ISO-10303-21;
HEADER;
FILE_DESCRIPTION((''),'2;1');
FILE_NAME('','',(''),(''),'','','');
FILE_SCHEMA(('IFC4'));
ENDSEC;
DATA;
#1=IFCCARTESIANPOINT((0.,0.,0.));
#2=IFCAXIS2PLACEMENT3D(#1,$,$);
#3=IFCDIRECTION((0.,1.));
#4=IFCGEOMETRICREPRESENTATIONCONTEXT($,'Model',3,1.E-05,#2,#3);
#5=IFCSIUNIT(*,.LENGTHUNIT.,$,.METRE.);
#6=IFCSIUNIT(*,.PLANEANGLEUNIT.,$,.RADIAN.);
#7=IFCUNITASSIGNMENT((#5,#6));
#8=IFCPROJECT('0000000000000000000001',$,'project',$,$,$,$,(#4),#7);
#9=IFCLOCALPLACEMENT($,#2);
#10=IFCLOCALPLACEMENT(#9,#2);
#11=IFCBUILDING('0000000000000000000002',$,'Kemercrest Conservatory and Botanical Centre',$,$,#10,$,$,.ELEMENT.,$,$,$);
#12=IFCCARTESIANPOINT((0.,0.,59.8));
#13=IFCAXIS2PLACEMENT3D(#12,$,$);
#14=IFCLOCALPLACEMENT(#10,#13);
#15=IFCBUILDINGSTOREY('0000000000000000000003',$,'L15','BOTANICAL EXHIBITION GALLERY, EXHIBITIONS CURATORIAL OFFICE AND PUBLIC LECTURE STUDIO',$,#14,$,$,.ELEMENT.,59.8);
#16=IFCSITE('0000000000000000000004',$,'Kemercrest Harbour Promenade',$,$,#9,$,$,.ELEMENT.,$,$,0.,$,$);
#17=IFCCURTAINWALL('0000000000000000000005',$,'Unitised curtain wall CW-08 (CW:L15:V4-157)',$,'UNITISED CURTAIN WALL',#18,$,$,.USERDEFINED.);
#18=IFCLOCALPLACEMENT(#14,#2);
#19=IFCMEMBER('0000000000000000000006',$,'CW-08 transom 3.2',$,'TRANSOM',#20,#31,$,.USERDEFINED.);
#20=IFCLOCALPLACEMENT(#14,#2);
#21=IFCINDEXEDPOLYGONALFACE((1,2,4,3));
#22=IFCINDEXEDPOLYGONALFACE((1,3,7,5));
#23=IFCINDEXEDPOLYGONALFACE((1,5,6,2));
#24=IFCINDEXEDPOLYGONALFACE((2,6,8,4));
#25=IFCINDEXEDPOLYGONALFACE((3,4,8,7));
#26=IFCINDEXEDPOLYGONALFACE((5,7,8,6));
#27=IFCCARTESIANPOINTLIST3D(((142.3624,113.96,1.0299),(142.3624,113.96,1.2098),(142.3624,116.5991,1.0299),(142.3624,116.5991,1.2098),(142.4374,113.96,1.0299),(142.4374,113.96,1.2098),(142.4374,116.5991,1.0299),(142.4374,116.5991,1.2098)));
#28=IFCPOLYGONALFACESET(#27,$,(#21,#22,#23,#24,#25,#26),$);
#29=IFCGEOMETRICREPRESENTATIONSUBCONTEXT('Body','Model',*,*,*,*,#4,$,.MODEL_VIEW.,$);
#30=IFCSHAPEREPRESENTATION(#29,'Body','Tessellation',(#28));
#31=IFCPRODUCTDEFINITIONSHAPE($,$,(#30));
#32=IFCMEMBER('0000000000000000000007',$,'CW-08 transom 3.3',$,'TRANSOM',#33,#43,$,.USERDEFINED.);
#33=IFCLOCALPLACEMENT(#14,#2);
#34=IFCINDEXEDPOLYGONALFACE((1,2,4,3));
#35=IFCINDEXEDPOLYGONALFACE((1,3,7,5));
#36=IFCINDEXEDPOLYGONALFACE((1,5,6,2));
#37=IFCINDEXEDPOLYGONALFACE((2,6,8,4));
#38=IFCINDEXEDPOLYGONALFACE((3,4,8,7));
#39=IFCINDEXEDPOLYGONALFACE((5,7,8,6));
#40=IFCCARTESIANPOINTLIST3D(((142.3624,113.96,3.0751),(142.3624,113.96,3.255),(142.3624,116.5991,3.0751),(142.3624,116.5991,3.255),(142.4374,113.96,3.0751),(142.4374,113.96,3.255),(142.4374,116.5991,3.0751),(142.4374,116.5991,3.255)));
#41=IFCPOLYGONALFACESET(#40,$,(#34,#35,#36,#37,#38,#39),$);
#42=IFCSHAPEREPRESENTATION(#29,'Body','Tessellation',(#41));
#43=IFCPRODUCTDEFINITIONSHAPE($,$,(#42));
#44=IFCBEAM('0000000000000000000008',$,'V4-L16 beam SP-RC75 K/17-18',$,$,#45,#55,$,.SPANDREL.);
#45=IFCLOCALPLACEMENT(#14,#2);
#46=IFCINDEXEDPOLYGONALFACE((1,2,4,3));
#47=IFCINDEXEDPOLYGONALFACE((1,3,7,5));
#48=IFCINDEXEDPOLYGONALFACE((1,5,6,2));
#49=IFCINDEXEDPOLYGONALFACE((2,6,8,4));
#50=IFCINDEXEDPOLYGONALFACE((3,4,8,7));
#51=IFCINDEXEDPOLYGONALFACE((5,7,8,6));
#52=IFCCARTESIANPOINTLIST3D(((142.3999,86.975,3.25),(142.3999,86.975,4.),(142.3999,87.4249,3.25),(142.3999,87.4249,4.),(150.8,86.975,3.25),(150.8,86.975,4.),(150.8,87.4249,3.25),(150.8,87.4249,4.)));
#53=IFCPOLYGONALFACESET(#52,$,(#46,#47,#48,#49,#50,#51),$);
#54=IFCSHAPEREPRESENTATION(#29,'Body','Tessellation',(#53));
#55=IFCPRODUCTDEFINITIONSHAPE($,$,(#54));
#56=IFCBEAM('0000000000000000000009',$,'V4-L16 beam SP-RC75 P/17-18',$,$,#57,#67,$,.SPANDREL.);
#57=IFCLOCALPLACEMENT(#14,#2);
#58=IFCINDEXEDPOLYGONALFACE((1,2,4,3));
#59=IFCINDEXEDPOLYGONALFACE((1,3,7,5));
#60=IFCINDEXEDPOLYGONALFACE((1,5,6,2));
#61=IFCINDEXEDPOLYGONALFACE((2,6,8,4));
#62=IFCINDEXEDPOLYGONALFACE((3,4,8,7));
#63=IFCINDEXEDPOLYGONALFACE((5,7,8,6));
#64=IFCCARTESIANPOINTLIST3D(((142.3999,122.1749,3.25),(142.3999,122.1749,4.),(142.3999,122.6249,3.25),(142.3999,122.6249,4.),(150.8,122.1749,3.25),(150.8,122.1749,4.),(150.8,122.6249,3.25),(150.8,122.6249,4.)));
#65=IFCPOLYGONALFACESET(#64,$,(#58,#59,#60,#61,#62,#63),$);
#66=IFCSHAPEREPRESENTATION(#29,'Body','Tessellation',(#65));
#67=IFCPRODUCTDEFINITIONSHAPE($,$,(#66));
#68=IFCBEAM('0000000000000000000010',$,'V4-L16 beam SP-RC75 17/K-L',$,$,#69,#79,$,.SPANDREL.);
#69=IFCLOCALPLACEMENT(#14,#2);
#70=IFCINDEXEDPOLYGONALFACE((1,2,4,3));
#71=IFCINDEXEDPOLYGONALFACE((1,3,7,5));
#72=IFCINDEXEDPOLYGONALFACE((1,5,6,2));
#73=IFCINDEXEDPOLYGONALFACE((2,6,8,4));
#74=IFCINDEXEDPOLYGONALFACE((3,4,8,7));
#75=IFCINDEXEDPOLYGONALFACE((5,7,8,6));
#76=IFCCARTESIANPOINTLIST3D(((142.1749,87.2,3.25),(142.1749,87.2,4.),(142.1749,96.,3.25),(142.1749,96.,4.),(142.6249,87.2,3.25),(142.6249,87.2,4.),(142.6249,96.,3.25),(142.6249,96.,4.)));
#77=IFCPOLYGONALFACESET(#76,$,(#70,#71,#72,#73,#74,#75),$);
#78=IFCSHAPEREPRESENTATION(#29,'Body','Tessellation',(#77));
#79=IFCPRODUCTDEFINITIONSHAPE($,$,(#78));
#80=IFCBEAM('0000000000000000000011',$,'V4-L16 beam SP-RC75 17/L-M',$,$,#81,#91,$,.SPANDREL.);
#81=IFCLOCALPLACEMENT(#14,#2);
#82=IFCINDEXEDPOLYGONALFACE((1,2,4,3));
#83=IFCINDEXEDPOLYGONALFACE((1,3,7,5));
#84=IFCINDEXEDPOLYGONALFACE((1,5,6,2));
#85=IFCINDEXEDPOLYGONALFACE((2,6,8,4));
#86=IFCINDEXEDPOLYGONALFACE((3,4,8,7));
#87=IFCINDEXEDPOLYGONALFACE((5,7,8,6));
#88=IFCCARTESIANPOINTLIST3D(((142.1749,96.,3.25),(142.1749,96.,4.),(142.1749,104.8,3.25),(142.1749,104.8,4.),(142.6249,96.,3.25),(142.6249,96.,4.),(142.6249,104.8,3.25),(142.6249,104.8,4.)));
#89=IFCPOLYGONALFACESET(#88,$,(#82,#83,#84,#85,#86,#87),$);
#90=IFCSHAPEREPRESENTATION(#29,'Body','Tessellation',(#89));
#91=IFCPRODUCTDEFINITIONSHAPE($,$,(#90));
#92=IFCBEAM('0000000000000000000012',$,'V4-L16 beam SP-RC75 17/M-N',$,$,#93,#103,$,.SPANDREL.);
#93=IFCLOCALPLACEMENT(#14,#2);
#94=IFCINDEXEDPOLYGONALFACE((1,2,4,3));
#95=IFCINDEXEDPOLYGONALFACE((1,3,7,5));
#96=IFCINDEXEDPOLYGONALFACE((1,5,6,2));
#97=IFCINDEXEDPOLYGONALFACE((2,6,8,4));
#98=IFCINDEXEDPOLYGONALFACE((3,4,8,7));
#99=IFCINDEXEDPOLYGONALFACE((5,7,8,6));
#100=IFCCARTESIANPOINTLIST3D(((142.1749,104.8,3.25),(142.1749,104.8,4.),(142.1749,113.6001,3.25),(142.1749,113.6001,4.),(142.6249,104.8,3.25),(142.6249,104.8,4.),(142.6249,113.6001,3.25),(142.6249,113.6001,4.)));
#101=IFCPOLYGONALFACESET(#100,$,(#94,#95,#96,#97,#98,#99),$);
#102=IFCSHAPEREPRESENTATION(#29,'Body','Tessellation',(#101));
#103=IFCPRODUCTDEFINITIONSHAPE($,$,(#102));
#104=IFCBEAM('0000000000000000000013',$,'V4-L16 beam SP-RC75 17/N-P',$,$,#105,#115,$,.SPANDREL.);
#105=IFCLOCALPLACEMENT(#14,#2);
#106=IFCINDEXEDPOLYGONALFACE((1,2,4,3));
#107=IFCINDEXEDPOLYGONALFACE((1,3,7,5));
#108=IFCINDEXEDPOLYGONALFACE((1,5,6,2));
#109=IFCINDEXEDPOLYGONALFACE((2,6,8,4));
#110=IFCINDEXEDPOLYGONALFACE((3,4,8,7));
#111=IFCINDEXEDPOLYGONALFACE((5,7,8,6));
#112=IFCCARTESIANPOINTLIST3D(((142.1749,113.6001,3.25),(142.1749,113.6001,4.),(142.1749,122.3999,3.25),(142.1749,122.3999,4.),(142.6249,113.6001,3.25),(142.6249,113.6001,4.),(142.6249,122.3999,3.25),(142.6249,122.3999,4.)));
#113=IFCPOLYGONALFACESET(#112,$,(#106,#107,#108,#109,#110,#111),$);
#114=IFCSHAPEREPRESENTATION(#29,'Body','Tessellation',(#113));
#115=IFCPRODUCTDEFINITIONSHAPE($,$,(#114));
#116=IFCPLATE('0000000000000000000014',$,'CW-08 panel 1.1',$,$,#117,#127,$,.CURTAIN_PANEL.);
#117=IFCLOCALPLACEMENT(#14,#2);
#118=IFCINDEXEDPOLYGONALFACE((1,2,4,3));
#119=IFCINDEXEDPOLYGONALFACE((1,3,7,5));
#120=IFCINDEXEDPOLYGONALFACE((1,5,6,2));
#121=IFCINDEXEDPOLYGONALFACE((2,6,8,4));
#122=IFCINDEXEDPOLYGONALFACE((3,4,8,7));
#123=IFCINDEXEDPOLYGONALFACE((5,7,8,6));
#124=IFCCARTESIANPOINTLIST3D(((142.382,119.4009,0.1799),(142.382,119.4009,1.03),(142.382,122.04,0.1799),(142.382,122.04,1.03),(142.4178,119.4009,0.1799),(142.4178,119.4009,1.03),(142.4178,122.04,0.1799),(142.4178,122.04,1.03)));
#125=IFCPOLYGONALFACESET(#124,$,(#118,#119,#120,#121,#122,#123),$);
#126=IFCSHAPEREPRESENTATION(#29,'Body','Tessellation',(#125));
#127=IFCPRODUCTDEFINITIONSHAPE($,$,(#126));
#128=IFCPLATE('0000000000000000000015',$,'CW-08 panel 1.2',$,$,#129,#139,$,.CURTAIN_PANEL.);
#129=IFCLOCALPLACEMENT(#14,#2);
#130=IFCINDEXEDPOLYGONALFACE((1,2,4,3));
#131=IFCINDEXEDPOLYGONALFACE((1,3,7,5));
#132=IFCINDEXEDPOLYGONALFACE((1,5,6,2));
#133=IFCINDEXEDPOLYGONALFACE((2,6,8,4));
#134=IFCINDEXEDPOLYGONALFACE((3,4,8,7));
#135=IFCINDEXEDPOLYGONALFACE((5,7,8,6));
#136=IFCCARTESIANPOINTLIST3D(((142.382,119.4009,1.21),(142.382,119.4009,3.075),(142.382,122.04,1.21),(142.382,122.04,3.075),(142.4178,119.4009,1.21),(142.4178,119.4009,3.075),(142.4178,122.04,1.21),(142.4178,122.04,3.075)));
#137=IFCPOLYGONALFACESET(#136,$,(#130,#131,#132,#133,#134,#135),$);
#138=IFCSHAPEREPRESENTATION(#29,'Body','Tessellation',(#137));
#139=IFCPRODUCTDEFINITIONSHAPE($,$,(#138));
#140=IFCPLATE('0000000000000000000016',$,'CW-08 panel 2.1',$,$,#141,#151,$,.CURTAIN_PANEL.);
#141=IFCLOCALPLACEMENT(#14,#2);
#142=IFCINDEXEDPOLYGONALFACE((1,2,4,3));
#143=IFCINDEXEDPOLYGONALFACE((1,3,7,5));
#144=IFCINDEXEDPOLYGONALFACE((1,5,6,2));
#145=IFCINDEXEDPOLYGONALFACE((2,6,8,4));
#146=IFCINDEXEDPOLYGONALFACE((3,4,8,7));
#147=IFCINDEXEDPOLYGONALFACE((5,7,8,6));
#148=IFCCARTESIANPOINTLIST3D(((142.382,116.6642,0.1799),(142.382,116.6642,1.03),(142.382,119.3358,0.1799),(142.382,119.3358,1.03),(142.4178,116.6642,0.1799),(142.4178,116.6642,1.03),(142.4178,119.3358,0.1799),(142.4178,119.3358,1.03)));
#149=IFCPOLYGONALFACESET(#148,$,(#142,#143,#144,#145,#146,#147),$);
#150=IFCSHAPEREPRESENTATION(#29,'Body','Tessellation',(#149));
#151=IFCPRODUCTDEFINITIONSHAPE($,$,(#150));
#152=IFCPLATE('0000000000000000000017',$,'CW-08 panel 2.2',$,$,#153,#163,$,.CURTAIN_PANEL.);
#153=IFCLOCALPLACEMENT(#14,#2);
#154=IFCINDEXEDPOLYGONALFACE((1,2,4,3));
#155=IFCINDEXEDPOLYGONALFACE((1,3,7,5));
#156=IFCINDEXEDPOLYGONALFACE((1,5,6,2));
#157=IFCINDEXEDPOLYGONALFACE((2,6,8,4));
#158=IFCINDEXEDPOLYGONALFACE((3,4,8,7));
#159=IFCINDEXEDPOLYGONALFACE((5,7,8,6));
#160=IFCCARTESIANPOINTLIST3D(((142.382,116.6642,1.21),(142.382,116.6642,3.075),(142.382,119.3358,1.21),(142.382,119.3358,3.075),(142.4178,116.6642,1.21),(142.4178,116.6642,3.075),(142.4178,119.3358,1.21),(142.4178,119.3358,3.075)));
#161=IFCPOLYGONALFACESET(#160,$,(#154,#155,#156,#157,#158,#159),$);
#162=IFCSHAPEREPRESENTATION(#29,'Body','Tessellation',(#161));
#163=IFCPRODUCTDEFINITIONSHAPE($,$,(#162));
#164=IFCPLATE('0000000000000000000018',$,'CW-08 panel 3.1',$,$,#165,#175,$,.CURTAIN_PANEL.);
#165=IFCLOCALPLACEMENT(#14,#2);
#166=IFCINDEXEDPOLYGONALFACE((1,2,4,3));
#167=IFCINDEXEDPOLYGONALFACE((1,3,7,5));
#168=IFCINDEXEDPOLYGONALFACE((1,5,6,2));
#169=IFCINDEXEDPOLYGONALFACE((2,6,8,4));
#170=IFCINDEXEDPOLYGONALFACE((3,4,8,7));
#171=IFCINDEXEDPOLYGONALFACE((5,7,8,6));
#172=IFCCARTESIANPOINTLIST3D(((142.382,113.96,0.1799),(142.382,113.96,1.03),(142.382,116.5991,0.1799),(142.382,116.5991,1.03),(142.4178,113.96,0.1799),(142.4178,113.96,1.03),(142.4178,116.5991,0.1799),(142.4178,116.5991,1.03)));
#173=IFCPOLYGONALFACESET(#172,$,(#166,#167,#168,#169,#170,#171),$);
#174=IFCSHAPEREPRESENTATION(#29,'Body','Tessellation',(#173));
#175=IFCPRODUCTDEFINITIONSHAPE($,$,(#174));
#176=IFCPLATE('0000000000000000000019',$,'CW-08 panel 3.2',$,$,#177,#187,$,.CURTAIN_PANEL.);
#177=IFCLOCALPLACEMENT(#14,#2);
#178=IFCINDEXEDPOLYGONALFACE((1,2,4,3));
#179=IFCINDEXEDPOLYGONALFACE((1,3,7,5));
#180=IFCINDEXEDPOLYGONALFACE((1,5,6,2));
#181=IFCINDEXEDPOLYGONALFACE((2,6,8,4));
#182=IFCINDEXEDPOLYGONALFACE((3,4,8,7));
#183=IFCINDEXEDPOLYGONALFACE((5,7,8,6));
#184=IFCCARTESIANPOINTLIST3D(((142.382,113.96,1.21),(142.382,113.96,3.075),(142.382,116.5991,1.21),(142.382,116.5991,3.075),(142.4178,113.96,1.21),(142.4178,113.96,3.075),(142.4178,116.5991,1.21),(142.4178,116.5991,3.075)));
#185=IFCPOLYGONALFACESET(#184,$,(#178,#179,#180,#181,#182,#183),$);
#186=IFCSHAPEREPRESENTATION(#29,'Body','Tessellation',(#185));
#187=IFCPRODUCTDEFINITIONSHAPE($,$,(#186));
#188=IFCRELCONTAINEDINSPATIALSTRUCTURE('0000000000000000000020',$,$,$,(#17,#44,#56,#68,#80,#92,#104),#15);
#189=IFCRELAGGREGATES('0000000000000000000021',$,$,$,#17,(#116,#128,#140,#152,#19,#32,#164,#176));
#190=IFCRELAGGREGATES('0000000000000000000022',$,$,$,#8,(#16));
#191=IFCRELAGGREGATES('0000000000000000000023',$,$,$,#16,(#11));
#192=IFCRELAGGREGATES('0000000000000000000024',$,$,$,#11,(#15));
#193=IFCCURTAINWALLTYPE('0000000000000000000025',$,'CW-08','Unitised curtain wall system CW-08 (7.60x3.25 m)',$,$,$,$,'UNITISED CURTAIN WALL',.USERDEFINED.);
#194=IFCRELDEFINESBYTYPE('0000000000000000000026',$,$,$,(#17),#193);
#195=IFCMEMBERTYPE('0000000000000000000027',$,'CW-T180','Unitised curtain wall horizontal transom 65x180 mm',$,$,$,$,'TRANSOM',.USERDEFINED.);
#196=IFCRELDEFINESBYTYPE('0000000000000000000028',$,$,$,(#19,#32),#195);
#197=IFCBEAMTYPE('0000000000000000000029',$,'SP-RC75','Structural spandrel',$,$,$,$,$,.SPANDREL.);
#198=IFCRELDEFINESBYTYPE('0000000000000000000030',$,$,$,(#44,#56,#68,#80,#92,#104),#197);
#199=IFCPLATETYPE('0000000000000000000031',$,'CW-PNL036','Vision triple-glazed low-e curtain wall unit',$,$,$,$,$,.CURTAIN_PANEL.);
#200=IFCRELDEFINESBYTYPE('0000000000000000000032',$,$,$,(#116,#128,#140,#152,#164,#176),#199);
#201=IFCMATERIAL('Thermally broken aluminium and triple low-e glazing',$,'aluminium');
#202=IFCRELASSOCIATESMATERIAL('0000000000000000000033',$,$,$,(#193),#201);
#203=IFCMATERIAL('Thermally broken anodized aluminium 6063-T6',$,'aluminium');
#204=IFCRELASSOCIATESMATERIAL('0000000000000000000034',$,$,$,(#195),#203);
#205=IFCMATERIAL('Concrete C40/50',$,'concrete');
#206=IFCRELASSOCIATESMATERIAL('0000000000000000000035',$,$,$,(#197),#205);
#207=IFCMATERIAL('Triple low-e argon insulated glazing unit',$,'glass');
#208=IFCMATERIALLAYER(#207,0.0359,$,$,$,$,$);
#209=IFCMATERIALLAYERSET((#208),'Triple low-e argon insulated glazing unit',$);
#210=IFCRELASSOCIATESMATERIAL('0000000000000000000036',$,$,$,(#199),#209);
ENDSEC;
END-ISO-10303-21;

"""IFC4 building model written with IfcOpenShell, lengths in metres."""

from ifc_helpers import new_model, si_unit, direction, frame, origin, origin_2d, place, context, subcontext, project, spatial, rectangle, extrude, material, layer, layer_set, material_profile, profile_set, type_object, element, aggregate, save


model = new_model("IFC4")

# Units and contexts
model_context = context("Model", 3, precision=1e-05, world=origin(), true_north=direction((0.0, 1.0)))
body_context = subcontext(model_context, "Body", "Model", "MODEL_VIEW")
ifc_project = project(units=[si_unit("LENGTHUNIT", "METRE"), si_unit("PLANEANGLEUNIT", "RADIAN")], contexts=[model_context])

# Site, building, storey
site_placement = place(None, origin())
site = spatial("IfcSite", under=ifc_project, at=site_placement, Name="Kemercrest Harbour Promenade", CompositionType="ELEMENT", RefElevation=0.0)
building_placement = place(site_placement, origin())
building = spatial("IfcBuilding", under=site, at=building_placement, Name="Kemercrest Conservatory and Botanical Centre", CompositionType="ELEMENT")
storey_placement = place(building_placement, frame((0.0, 0.0, 59.8)))
storey = spatial("IfcBuildingStorey", under=building, at=storey_placement, Name="L15", Description="BOTANICAL EXHIBITION GALLERY, EXHIBITIONS CURATORIAL OFFICE AND PUBLIC LECTURE STUDIO", CompositionType="ELEMENT", Elevation=59.8)

# Shared definitions
ifc_material_1 = material(Name="Concrete C40/50", Category="concrete")

# Curtain wall, members
ifc_material_2 = material(Name="Thermally broken aluminium and triple low-e glazing", Category="aluminium")
curtain_wall_type = type_object("IfcCurtainWallType", Name="CW-08", Description="Unitised curtain wall system CW-08 (7.60x3.25 m)", ElementType="UNITISED CURTAIN WALL", PredefinedType="USERDEFINED", material=ifc_material_2)
curtain_wall_placement = place(storey_placement, origin())
curtain_wall = element("IfcCurtainWall", 1, at=curtain_wall_placement, inside=storey, type_object=curtain_wall_type, Name="Unitised curtain wall CW-08 (CW:L15:V4-157)", ObjectType="UNITISED CURTAIN WALL", PredefinedType="USERDEFINED")
ifc_material_3 = material(Name="Thermally broken anodized aluminium 6063-T6", Category="aluminium")
ifc_material_profile_1 = material_profile(ifc_material_3, rectangle(XDim=0.075, YDim=0.1799, at=origin_2d()), Name="AL TRANSOM 75x180")
ifc_profile_set_1 = profile_set([ifc_material_profile_1], Name="Thermally broken anodized aluminium 6063-T6")
member_type_1 = type_object("IfcMemberType", Name="CW-T180", Description="Unitised curtain wall horizontal transom 65x180 mm", ElementType="TRANSOM", PredefinedType="USERDEFINED", material=ifc_profile_set_1)
member_1_placement = place(storey_placement, frame((142.3999, 116.5991, 1.1199), z_axis=(0.0, -1.0, 0.0), x_axis=(1.0, 0.0, 0.0)))
member_1 = element("IfcMember", 2, at=member_1_placement, type_object=member_type_1, Name="CW-08 transom 3.2", ObjectType="TRANSOM", PredefinedType="USERDEFINED", context=body_context, shape_type="SweptSolid", body=[
    extrude(rectangle(XDim=0.075, YDim=0.1799, at=origin_2d()), origin(), (0.0, 0.0, 1.0), 2.6392),
])
member_2_placement = place(storey_placement, frame((142.3999, 116.5991, 3.165), z_axis=(0.0, -1.0, 0.0), x_axis=(1.0, 0.0, 0.0)))
member_2 = element("IfcMember", 3, at=member_2_placement, type_object=member_type_1, Name="CW-08 transom 3.3", ObjectType="TRANSOM", PredefinedType="USERDEFINED", context=body_context, shape_type="SweptSolid", body=[
    extrude(rectangle(XDim=0.075, YDim=0.1799, at=origin_2d()), origin(), (0.0, 0.0, 1.0), 2.6392),
])

# Beams
ifc_material_profile_2 = material_profile(ifc_material_1, rectangle(XDim=0.45, YDim=0.75, at=origin_2d()), Name="RC 450x750")
ifc_profile_set_2 = profile_set([ifc_material_profile_2], Name="Concrete C40/50")
beam_type_1 = type_object("IfcBeamType", Name="SP-RC75", Description="Structural spandrel", PredefinedType="SPANDREL", material=ifc_profile_set_2)
for number, where, z_axis, x_axis, name in (
    (4, (142.3999, 87.2, 3.625), (1.0, 0.0, 0.0), (0.0, 1.0, 0.0), "V4-L16 beam SP-RC75 K/17-18"),
    (5, (142.3999, 122.3999, 3.625), (1.0, 0.0, 0.0), (0.0, 1.0, 0.0), "V4-L16 beam SP-RC75 P/17-18"),
):
    element("IfcBeam", number, at=place(storey_placement, frame(where, z_axis=z_axis, x_axis=x_axis)), inside=storey, type_object=beam_type_1, Name=name, PredefinedType="SPANDREL", context=body_context, shape_type="SweptSolid", body=[
        extrude(rectangle(XDim=0.45, YDim=0.75, at=origin_2d()), origin(), (0.0, 0.0, 1.0), 8.4001),
    ])
for number, where, z_axis, x_axis, name in (
    (6, (142.3999, 87.2, 3.625), (0.0, 1.0, 0.0), (-1.0, 0.0, 0.0), "V4-L16 beam SP-RC75 17/K-L"),
    (7, (142.3999, 96.0, 3.625), (0.0, 1.0, 0.0), (-1.0, 0.0, 0.0), "V4-L16 beam SP-RC75 17/L-M"),
    (8, (142.3999, 104.8, 3.625), (0.0, 1.0, 0.0), (-1.0, 0.0, 0.0), "V4-L16 beam SP-RC75 17/M-N"),
):
    element("IfcBeam", number, at=place(storey_placement, frame(where, z_axis=z_axis, x_axis=x_axis)), inside=storey, type_object=beam_type_1, Name=name, PredefinedType="SPANDREL", context=body_context, shape_type="SweptSolid", body=[
        extrude(rectangle(XDim=0.45, YDim=0.75, at=origin_2d()), origin(), (0.0, 0.0, 1.0), 8.8),
    ])
beam_placement = place(storey_placement, frame((142.3999, 113.6001, 3.625), z_axis=(0.0, 1.0, 0.0), x_axis=(-1.0, 0.0, 0.0)))
element("IfcBeam", 9, at=beam_placement, inside=storey, type_object=beam_type_1, Name="V4-L16 beam SP-RC75 17/N-P", PredefinedType="SPANDREL", context=body_context, shape_type="SweptSolid", body=[
    extrude(rectangle(XDim=0.45, YDim=0.75, at=origin_2d()), origin(), (0.0, 0.0, 1.0), 8.7998),
])

# Plates
ifc_material_4 = material(Name="Triple low-e argon insulated glazing unit", Category="glass")
ifc_layer = layer(ifc_material_4, 0.0359)
ifc_layer_set = layer_set([ifc_layer], Name="Triple low-e argon insulated glazing unit")
plate_type = type_object("IfcPlateType", Name="CW-PNL036", Description="Vision triple-glazed low-e curtain wall unit", PredefinedType="CURTAIN_PANEL", material=ifc_layer_set)
plate_1_placement = place(storey_placement, frame((142.3999, 120.7205, 0.1799), z_axis=(0.0, 0.0, 1.0), x_axis=(0.0, -1.0, 0.0)))
plate_1 = element("IfcPlate", 10, at=plate_1_placement, type_object=plate_type, Name="CW-08 panel 1.1", PredefinedType="CURTAIN_PANEL", context=body_context, shape_type="SweptSolid", body=[
    extrude(rectangle(XDim=2.6392, YDim=0.0359, at=origin_2d()), origin(), (0.0, 0.0, 1.0), 0.8501),
])
plate_2_placement = place(storey_placement, frame((142.3999, 120.7205, 1.21), z_axis=(0.0, 0.0, 1.0), x_axis=(0.0, -1.0, 0.0)))
plate_2 = element("IfcPlate", 11, at=plate_2_placement, type_object=plate_type, Name="CW-08 panel 1.2", PredefinedType="CURTAIN_PANEL", context=body_context, shape_type="SweptSolid", body=[
    extrude(rectangle(XDim=2.6392, YDim=0.0359, at=origin_2d()), origin(), (0.0, 0.0, 1.0), 1.865),
])
plate_3_placement = place(storey_placement, frame((142.3999, 118.0, 0.1799), z_axis=(0.0, 0.0, 1.0), x_axis=(0.0, -1.0, 0.0)))
plate_3 = element("IfcPlate", 12, at=plate_3_placement, type_object=plate_type, Name="CW-08 panel 2.1", PredefinedType="CURTAIN_PANEL", context=body_context, shape_type="SweptSolid", body=[
    extrude(rectangle(XDim=2.6716, YDim=0.0359, at=origin_2d()), origin(), (0.0, 0.0, 1.0), 0.8501),
])
plate_4_placement = place(storey_placement, frame((142.3999, 118.0, 1.21), z_axis=(0.0, 0.0, 1.0), x_axis=(0.0, -1.0, 0.0)))
plate_4 = element("IfcPlate", 13, at=plate_4_placement, type_object=plate_type, Name="CW-08 panel 2.2", PredefinedType="CURTAIN_PANEL", context=body_context, shape_type="SweptSolid", body=[
    extrude(rectangle(XDim=2.6716, YDim=0.0359, at=origin_2d()), origin(), (0.0, 0.0, 1.0), 1.865),
])
plate_5_placement = place(storey_placement, frame((142.3999, 115.2795, 0.1799), z_axis=(0.0, 0.0, 1.0), x_axis=(0.0, -1.0, 0.0)))
plate_5 = element("IfcPlate", 14, at=plate_5_placement, type_object=plate_type, Name="CW-08 panel 3.1", PredefinedType="CURTAIN_PANEL", context=body_context, shape_type="SweptSolid", body=[
    extrude(rectangle(XDim=2.6392, YDim=0.0359, at=origin_2d()), origin(), (0.0, 0.0, 1.0), 0.8501),
])
plate_6_placement = place(storey_placement, frame((142.3999, 115.2795, 1.21), z_axis=(0.0, 0.0, 1.0), x_axis=(0.0, -1.0, 0.0)))
plate_6 = element("IfcPlate", 15, at=plate_6_placement, type_object=plate_type, Name="CW-08 panel 3.2", PredefinedType="CURTAIN_PANEL", context=body_context, shape_type="SweptSolid", body=[
    extrude(rectangle(XDim=2.6392, YDim=0.0359, at=origin_2d()), origin(), (0.0, 0.0, 1.0), 1.865),
])
aggregate(curtain_wall, [plate_1, plate_2, plate_3, plate_4, member_1, member_2, plate_5, plate_6])

save(model, "model.ifc")
